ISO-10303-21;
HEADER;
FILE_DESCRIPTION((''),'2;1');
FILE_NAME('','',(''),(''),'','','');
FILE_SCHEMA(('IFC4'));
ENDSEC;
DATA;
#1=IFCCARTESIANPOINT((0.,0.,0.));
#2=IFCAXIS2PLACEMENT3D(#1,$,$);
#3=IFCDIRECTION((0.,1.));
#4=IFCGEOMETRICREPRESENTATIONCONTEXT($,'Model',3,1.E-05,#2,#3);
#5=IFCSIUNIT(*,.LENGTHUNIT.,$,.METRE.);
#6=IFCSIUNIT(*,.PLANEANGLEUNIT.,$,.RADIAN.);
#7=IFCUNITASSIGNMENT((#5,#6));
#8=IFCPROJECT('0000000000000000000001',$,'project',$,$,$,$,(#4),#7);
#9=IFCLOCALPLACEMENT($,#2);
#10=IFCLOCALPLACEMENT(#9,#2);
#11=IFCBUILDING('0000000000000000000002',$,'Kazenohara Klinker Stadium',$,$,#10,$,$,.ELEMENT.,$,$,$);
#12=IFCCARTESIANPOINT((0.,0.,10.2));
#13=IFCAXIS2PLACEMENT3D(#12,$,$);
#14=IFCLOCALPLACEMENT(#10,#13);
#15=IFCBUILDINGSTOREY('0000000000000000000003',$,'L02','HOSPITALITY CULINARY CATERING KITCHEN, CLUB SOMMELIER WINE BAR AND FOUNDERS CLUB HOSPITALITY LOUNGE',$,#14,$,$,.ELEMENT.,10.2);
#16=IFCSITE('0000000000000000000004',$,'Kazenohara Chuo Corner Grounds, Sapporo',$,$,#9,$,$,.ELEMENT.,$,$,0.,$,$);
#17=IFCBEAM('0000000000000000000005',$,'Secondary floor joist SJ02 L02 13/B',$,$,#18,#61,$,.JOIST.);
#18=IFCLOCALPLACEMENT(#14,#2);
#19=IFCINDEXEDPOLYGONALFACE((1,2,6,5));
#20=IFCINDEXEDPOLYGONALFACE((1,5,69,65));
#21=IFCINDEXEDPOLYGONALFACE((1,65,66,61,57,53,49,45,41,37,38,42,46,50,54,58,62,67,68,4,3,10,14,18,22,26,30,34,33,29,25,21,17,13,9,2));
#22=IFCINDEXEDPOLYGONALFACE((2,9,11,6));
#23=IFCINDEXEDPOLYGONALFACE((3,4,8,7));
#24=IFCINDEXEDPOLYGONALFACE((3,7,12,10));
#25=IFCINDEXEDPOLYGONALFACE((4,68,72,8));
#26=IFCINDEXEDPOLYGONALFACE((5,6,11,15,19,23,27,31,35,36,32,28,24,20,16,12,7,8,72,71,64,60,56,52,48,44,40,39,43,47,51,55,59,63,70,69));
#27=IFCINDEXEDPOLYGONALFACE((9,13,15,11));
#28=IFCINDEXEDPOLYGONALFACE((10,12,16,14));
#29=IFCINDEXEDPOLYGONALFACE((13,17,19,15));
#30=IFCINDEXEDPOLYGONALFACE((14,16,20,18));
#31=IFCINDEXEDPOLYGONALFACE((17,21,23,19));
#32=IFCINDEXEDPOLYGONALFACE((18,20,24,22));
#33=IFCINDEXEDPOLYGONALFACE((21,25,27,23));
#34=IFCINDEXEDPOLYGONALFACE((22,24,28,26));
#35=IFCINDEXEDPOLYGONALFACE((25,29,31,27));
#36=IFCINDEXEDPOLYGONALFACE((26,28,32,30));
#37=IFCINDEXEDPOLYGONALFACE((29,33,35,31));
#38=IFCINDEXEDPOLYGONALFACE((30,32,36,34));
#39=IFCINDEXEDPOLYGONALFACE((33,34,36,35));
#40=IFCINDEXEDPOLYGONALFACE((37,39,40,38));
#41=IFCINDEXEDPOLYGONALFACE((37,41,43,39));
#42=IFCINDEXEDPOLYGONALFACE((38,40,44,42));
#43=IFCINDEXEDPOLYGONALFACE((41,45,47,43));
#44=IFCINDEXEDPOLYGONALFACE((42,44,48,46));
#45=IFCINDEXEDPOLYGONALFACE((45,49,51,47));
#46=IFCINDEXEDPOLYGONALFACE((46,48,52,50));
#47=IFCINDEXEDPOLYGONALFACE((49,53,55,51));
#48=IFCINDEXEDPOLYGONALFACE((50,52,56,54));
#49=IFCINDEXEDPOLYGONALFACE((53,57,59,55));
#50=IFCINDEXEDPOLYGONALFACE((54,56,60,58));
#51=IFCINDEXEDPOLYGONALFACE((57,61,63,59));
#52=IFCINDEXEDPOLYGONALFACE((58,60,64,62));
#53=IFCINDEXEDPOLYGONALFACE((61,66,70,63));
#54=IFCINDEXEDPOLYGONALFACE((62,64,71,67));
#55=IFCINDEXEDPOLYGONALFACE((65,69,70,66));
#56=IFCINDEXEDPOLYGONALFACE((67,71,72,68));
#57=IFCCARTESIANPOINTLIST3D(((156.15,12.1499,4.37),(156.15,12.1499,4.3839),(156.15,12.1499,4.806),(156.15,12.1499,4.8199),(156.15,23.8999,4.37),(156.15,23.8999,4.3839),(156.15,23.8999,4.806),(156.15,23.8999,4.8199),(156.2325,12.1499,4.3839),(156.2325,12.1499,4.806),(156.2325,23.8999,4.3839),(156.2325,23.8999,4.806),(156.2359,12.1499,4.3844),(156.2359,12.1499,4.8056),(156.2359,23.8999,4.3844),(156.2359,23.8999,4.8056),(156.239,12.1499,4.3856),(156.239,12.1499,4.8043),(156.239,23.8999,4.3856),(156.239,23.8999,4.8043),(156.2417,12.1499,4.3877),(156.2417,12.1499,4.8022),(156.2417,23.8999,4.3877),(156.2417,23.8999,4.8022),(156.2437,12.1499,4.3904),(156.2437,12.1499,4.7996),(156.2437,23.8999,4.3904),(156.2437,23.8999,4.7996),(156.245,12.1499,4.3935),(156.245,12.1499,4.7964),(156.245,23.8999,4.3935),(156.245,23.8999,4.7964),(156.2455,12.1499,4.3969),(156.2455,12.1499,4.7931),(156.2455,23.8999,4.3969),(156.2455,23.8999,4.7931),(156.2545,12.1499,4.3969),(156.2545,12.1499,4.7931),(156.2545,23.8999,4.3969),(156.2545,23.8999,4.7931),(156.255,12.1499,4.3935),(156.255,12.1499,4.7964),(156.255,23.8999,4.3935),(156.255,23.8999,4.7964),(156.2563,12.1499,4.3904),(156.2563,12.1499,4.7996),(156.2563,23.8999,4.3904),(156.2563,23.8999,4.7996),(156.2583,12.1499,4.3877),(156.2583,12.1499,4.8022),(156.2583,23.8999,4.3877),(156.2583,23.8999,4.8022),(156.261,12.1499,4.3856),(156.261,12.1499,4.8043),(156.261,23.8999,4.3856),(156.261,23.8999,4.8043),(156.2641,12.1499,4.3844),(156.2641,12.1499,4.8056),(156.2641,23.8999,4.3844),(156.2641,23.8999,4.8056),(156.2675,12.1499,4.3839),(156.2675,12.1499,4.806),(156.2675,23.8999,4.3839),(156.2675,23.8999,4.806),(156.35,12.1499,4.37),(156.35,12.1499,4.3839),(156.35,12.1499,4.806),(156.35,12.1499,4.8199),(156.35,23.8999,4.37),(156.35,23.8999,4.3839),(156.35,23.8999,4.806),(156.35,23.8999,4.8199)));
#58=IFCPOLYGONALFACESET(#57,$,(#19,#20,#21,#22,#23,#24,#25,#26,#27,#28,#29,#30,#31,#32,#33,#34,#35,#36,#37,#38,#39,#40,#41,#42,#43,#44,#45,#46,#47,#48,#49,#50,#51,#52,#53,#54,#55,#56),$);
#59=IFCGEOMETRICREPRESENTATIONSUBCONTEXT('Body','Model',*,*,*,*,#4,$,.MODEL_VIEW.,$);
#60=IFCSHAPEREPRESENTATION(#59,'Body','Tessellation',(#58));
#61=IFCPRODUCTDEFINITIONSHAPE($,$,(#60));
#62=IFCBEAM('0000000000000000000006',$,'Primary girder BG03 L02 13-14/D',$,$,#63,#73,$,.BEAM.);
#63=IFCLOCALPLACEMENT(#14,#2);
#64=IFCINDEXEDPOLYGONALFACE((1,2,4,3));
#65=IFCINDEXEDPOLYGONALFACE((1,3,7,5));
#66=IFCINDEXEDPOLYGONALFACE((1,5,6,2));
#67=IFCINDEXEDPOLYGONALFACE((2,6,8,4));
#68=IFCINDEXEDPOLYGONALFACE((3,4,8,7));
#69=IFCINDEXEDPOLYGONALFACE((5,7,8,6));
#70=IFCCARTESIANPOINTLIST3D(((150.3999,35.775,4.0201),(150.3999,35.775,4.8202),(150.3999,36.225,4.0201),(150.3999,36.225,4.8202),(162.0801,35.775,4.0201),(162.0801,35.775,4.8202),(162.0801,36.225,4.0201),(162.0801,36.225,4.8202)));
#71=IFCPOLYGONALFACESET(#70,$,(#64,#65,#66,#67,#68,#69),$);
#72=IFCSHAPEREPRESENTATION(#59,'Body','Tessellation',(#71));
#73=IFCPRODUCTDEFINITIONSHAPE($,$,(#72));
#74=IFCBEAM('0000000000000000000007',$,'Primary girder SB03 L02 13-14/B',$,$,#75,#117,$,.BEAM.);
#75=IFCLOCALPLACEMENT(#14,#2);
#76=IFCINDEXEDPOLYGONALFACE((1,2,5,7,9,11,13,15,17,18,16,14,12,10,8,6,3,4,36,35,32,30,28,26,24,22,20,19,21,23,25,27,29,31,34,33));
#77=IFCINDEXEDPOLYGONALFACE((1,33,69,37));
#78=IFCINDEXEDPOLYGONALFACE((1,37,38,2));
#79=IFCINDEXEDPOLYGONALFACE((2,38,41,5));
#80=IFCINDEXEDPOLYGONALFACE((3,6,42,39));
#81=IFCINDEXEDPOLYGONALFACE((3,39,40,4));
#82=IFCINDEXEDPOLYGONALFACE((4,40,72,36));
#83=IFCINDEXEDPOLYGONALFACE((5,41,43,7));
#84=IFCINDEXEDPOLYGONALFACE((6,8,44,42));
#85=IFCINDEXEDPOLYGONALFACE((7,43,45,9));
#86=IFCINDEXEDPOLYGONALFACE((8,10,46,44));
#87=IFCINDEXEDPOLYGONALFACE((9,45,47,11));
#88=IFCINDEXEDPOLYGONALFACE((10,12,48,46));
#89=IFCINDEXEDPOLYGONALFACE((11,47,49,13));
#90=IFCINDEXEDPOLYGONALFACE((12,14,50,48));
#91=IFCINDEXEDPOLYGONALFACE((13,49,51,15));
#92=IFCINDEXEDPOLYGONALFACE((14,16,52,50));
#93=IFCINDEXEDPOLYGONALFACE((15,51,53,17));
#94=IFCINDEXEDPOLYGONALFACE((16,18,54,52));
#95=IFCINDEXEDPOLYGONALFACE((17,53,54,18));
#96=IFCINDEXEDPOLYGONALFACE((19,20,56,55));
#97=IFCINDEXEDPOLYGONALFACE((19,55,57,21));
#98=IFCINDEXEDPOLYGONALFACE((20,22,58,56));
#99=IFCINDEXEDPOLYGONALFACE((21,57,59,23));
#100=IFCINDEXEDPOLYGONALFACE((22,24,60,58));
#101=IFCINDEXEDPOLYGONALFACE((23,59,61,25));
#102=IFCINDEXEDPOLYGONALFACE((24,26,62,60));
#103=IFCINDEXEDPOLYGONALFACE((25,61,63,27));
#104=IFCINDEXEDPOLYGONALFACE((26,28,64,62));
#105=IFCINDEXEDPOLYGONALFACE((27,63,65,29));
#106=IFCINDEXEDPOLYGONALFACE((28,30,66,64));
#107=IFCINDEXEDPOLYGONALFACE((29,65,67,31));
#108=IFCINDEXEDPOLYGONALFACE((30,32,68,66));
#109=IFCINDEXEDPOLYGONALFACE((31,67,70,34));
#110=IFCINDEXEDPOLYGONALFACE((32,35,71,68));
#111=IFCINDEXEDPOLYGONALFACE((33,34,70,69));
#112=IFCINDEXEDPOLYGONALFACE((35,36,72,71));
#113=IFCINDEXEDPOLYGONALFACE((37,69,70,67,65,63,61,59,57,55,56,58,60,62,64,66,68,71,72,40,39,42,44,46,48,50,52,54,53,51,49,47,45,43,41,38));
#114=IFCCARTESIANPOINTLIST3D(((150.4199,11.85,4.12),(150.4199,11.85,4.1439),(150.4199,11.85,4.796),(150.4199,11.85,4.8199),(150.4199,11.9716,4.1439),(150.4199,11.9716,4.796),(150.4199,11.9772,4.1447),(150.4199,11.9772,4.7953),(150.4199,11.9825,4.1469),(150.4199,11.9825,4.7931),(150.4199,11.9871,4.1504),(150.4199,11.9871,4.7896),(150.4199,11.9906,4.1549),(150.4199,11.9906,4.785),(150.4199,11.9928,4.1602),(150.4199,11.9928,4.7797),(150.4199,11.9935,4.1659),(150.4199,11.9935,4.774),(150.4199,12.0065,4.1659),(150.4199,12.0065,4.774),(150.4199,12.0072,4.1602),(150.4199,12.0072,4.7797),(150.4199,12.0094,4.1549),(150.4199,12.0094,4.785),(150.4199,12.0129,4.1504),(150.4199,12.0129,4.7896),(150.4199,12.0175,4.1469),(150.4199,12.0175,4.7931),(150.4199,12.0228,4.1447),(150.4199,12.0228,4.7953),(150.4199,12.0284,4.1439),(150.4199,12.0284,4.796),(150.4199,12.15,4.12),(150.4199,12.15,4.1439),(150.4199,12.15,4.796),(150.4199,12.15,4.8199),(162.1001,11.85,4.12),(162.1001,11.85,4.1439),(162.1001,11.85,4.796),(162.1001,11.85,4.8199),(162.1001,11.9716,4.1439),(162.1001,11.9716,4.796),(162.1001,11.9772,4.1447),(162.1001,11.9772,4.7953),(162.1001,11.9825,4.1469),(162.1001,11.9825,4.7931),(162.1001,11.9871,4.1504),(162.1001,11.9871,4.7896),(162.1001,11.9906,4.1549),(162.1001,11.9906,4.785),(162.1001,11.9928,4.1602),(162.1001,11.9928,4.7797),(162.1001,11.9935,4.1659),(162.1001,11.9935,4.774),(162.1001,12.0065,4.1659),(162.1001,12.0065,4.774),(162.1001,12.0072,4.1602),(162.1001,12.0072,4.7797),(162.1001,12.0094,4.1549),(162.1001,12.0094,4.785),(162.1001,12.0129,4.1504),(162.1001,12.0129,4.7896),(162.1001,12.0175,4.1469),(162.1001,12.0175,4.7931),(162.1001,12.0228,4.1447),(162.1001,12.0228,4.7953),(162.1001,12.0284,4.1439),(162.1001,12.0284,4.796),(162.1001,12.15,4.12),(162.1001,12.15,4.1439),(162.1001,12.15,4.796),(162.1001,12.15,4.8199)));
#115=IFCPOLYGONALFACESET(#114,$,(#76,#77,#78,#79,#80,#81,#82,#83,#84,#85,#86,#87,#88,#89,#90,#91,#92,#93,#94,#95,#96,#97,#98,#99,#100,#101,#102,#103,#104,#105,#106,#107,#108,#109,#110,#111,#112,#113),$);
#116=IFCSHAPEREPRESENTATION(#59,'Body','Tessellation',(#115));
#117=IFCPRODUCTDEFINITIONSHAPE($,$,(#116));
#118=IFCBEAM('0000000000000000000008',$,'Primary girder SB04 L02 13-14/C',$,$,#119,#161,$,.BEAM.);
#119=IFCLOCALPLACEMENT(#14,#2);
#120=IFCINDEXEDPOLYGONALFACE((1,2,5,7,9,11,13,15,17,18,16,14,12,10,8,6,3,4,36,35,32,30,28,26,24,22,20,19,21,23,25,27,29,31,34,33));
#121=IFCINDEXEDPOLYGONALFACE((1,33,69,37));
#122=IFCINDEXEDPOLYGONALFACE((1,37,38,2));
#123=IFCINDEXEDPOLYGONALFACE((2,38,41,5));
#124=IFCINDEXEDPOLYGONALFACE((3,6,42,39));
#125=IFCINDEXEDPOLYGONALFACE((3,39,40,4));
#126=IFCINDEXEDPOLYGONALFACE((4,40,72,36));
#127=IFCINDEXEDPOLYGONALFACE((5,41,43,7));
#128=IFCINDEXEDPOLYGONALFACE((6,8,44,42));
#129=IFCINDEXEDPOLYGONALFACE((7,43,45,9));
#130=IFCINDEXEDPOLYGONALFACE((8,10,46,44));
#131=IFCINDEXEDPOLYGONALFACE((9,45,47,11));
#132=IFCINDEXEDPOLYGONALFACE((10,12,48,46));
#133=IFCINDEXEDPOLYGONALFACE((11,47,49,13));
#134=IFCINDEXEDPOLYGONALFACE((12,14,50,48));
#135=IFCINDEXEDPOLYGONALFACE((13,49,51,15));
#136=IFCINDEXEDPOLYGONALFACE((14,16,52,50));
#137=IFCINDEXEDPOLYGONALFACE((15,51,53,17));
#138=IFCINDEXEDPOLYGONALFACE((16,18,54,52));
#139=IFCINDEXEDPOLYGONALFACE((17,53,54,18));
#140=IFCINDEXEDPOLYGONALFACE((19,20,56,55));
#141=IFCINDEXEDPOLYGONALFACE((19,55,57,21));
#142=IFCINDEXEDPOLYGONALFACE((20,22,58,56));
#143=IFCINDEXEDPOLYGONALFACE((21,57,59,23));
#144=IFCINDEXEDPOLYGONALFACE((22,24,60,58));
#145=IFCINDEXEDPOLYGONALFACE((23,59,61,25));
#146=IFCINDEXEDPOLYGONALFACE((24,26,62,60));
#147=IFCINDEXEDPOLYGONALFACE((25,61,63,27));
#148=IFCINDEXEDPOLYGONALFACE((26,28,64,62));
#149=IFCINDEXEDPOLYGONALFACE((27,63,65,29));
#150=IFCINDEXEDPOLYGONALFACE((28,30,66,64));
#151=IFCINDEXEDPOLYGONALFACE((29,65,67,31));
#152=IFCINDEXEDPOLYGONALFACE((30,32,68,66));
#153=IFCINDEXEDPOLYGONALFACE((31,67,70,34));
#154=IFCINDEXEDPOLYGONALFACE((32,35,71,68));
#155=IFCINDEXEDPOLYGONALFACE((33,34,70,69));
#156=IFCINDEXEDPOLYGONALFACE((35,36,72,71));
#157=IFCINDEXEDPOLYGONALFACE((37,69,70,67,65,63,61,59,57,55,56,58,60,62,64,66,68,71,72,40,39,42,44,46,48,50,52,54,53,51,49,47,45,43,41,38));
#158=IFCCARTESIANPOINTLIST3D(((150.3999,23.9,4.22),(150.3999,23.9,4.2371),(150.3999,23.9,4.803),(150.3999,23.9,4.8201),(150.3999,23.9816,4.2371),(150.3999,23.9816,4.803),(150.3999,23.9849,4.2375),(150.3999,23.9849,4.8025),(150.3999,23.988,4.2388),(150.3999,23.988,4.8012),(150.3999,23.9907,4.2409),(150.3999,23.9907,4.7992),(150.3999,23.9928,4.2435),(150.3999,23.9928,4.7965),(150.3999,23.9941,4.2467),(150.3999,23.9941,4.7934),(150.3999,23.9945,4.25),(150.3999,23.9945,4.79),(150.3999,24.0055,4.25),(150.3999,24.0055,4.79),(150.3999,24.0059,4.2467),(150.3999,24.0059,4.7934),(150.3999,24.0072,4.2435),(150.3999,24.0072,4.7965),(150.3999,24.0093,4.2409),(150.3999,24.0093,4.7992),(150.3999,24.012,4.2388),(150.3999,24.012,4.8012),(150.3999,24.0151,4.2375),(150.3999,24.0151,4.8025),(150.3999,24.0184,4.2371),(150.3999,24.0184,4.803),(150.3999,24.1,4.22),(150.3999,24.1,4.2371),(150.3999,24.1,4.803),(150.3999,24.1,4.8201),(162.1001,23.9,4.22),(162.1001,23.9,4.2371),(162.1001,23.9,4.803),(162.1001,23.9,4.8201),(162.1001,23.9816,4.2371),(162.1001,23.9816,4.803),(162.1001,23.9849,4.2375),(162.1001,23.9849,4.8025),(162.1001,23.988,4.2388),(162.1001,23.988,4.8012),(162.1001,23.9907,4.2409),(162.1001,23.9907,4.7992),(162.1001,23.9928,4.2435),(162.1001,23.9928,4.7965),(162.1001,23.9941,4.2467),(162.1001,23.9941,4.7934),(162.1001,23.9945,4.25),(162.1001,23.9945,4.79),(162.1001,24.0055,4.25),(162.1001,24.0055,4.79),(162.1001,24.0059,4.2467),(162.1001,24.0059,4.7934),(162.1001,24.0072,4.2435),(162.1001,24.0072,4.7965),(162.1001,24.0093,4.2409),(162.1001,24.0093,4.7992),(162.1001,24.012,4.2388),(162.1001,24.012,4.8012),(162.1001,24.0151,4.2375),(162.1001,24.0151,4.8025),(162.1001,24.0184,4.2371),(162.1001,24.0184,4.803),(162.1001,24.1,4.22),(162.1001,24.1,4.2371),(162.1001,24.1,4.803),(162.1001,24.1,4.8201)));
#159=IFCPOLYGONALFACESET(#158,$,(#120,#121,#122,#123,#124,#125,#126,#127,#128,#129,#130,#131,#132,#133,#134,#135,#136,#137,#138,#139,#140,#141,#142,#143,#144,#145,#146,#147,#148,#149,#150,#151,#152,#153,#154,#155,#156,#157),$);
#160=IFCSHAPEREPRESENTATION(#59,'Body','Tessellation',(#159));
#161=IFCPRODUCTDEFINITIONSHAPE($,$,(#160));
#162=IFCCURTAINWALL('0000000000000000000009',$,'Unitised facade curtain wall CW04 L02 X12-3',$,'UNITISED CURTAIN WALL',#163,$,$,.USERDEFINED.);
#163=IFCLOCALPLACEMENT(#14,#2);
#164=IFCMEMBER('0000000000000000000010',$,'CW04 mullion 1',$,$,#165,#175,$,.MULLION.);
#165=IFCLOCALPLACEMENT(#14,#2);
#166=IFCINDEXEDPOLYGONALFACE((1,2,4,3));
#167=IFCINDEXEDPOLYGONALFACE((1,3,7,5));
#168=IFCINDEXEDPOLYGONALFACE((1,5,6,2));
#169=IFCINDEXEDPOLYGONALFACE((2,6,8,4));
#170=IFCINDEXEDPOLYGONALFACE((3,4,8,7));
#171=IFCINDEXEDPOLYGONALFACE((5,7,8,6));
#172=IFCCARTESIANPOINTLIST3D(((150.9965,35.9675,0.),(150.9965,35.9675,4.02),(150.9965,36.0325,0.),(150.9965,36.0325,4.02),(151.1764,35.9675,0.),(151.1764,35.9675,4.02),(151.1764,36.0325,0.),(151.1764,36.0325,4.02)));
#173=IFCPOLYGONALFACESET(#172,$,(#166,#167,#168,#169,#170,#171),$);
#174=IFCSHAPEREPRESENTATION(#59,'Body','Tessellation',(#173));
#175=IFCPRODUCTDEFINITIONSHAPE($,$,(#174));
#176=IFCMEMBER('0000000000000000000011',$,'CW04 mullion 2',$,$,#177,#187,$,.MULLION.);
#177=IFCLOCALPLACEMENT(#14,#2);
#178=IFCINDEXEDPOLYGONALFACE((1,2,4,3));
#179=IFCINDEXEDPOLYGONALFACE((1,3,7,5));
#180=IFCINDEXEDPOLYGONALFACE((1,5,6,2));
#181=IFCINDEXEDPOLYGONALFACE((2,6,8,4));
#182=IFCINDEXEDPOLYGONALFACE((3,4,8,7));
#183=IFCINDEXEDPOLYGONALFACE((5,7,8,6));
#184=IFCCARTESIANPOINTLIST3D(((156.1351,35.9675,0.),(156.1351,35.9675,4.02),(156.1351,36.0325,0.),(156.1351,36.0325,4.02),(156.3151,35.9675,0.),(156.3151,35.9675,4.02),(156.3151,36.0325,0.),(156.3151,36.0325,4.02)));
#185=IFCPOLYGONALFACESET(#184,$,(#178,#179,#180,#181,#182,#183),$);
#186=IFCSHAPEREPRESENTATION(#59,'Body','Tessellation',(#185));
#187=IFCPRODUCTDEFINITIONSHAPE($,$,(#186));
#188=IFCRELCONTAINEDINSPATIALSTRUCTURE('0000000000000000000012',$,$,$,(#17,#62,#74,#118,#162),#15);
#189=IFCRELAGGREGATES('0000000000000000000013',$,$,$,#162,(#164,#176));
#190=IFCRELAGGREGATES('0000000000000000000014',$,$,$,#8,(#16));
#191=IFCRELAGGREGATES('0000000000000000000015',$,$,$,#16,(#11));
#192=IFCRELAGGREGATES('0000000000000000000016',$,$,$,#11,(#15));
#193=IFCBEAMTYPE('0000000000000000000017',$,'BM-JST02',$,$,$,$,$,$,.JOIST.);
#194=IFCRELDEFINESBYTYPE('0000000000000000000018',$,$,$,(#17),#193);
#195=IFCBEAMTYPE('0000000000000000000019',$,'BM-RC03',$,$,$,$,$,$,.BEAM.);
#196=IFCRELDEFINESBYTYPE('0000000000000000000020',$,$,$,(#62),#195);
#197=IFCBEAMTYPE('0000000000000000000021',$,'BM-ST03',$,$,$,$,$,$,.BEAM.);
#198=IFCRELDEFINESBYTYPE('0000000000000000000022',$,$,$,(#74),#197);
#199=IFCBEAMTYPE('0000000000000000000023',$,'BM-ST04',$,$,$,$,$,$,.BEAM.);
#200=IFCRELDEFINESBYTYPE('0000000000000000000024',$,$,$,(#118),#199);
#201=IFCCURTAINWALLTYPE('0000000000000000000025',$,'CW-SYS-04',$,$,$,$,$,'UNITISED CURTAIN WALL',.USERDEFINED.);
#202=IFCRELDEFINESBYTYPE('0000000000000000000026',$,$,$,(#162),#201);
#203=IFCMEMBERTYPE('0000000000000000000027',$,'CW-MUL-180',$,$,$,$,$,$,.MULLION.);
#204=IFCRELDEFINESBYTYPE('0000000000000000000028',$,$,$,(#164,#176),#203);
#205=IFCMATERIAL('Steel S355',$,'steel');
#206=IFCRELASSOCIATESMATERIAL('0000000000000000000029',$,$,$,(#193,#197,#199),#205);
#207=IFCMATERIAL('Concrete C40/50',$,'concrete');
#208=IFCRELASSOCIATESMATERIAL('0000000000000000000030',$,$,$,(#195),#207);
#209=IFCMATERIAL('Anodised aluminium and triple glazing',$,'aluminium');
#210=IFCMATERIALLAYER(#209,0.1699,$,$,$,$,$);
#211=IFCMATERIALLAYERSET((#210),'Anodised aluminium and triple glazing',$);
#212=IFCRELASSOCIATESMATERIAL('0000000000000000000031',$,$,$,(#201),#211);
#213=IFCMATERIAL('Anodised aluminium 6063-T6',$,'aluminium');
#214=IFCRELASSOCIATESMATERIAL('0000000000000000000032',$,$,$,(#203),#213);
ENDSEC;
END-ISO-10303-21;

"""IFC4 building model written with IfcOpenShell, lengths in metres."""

from ifc_helpers import new_model, si_unit, direction, frame, origin, origin_2d, place, context, subcontext, project, spatial, rectangle, i_section, extrude, material, layer, layer_set, material_profile, profile_set, type_object, element, aggregate, save


model = new_model("IFC4")

# Units and contexts
model_context = context("Model", 3, precision=1e-05, world=origin(), true_north=direction((0.0, 1.0)))
body_context = subcontext(model_context, "Body", "Model", "MODEL_VIEW")
ifc_project = project(units=[si_unit("LENGTHUNIT", "METRE"), si_unit("PLANEANGLEUNIT", "RADIAN")], contexts=[model_context])

# Site, building, storey
site_placement = place(None, origin())
site = spatial("IfcSite", under=ifc_project, at=site_placement, Name="Kazenohara Chuo Corner Grounds, Sapporo", CompositionType="ELEMENT", RefElevation=0.0)
building_placement = place(site_placement, origin())
building = spatial("IfcBuilding", under=site, at=building_placement, Name="Kazenohara Klinker Stadium", CompositionType="ELEMENT")
storey_placement = place(building_placement, frame((0.0, 0.0, 10.2)))
storey = spatial("IfcBuildingStorey", under=building, at=storey_placement, Name="L02", Description="HOSPITALITY CULINARY CATERING KITCHEN, CLUB SOMMELIER WINE BAR AND FOUNDERS CLUB HOSPITALITY LOUNGE", CompositionType="ELEMENT", Elevation=10.2)

# Beams
ifc_material_1 = material(Name="Steel S355", Category="steel")
ifc_material_profile_1 = material_profile(ifc_material_1, i_section(OverallWidth=0.2, OverallDepth=0.45, WebThickness=0.009, FlangeThickness=0.0139, FilletRadius=0.0129, at=origin_2d()), Name="H-450x200x9x14")
ifc_profile_set_1 = profile_set([ifc_material_profile_1], Name="Steel S355")
beam_type_1 = type_object("IfcBeamType", Name="BM-JST02", PredefinedType="JOIST", material=ifc_profile_set_1)
beam_1_placement = place(storey_placement, frame((156.25, 12.1499, 4.595), z_axis=(0.0, 1.0, 0.0), x_axis=(-1.0, 0.0, 0.0)))
element("IfcBeam", 1, at=beam_1_placement, inside=storey, type_object=beam_type_1, Name="Secondary floor joist SJ02 L02 13/B", PredefinedType="JOIST", context=body_context, shape_type="SweptSolid", body=[
    extrude(i_section(OverallWidth=0.2, OverallDepth=0.45, WebThickness=0.009, FlangeThickness=0.0139, FilletRadius=0.0129, at=origin_2d()), origin(), (0.0, 0.0, 1.0), 11.75),
])
ifc_material_2 = material(Name="Concrete C40/50", Category="concrete")
ifc_material_profile_2 = material_profile(ifc_material_2, rectangle(XDim=0.45, YDim=0.8, at=origin_2d()), Name="RC-BM-450x800")
ifc_profile_set_2 = profile_set([ifc_material_profile_2], Name="Concrete C40/50")
beam_type_2 = type_object("IfcBeamType", Name="BM-RC03", PredefinedType="BEAM", material=ifc_profile_set_2)
beam_2_placement = place(storey_placement, frame((150.3999, 36.0, 4.4202), z_axis=(1.0, 0.0, 0.0), x_axis=(0.0, 1.0, 0.0)))
element("IfcBeam", 2, at=beam_2_placement, inside=storey, type_object=beam_type_2, Name="Primary girder BG03 L02 13-14/D", PredefinedType="BEAM", context=body_context, shape_type="SweptSolid", body=[
    extrude(rectangle(XDim=0.45, YDim=0.8, at=origin_2d()), origin(), (0.0, 0.0, 1.0), 11.6802),
])
ifc_material_profile_3 = material_profile(ifc_material_1, i_section(OverallWidth=0.3, OverallDepth=0.7, WebThickness=0.0129, FlangeThickness=0.0239, FilletRadius=0.022, at=origin_2d()), Name="H-700x300x13x24")
ifc_profile_set_3 = profile_set([ifc_material_profile_3], Name="Steel S355")
beam_type_3 = type_object("IfcBeamType", Name="BM-ST03", PredefinedType="BEAM", material=ifc_profile_set_3)
beam_3_placement = place(storey_placement, frame((150.4199, 12.0, 4.47), z_axis=(1.0, 0.0, 0.0), x_axis=(0.0, 1.0, 0.0)))
element("IfcBeam", 3, at=beam_3_placement, inside=storey, type_object=beam_type_3, Name="Primary girder SB03 L02 13-14/B", PredefinedType="BEAM", context=body_context, shape_type="SweptSolid", body=[
    extrude(i_section(OverallWidth=0.3, OverallDepth=0.7, WebThickness=0.0129, FlangeThickness=0.0239, FilletRadius=0.022, at=origin_2d()), origin(), (0.0, 0.0, 1.0), 11.6802),
])
ifc_material_profile_4 = material_profile(ifc_material_1, i_section(OverallWidth=0.2, OverallDepth=0.6001, WebThickness=0.011, FlangeThickness=0.0171, FilletRadius=0.0129, at=origin_2d()), Name="H-600x200x11x17")
ifc_profile_set_4 = profile_set([ifc_material_profile_4], Name="Steel S355")
beam_type_4 = type_object("IfcBeamType", Name="BM-ST04", PredefinedType="BEAM", material=ifc_profile_set_4)
beam_4_placement = place(storey_placement, frame((150.3999, 24.0, 4.52), z_axis=(1.0, 0.0, 0.0), x_axis=(0.0, 1.0, 0.0)))
element("IfcBeam", 4, at=beam_4_placement, inside=storey, type_object=beam_type_4, Name="Primary girder SB04 L02 13-14/C", PredefinedType="BEAM", context=body_context, shape_type="SweptSolid", body=[
    extrude(i_section(OverallWidth=0.2, OverallDepth=0.6001, WebThickness=0.011, FlangeThickness=0.0171, FilletRadius=0.0129, at=origin_2d()), origin(), (0.0, 0.0, 1.0), 11.7002),
])

# Curtain wall, members
ifc_material_3 = material(Name="Anodised aluminium and triple glazing", Category="aluminium")
ifc_layer_1 = layer(ifc_material_3, 0.1699)
ifc_layer_set_1 = layer_set([ifc_layer_1], Name="Anodised aluminium and triple glazing")
curtain_wall_type = type_object("IfcCurtainWallType", Name="CW-SYS-04", ElementType="UNITISED CURTAIN WALL", PredefinedType="USERDEFINED", material=ifc_layer_set_1)
curtain_wall_placement = place(storey_placement, origin())
curtain_wall = element("IfcCurtainWall", 5, at=curtain_wall_placement, inside=storey, type_object=curtain_wall_type, Name="Unitised facade curtain wall CW04 L02 X12-3", ObjectType="UNITISED CURTAIN WALL", PredefinedType="USERDEFINED")
ifc_material_4 = material(Name="Anodised aluminium 6063-T6", Category="aluminium")
ifc_material_profile_5 = material_profile(ifc_material_4, rectangle(XDim=0.0649, YDim=0.1799, at=origin_2d()), Name="ALU-MUL-65x180")
ifc_profile_set_5 = profile_set([ifc_material_profile_5], Name="Anodised aluminium 6063-T6")
member_type_1 = type_object("IfcMemberType", Name="CW-MUL-180", PredefinedType="MULLION", material=ifc_profile_set_5)
member_1_placement = place(storey_placement, frame((151.0864, 36.0, 0.0), z_axis=(0.0, 0.0, 1.0), x_axis=(0.0, 1.0, 0.0)))
member_1 = element("IfcMember", 6, at=member_1_placement, type_object=member_type_1, Name="CW04 mullion 1", PredefinedType="MULLION", context=body_context, shape_type="SweptSolid", body=[
    extrude(rectangle(XDim=0.0649, YDim=0.1799, at=origin_2d()), origin(), (0.0, 0.0, 1.0), 4.02),
])
member_2_placement = place(storey_placement, frame((156.2251, 36.0, 0.0), z_axis=(0.0, 0.0, 1.0), x_axis=(0.0, 1.0, 0.0)))
member_2 = element("IfcMember", 7, at=member_2_placement, type_object=member_type_1, Name="CW04 mullion 2", PredefinedType="MULLION", context=body_context, shape_type="SweptSolid", body=[
    extrude(rectangle(XDim=0.0649, YDim=0.1799, at=origin_2d()), origin(), (0.0, 0.0, 1.0), 4.02),
])
aggregate(curtain_wall, [member_1, member_2])

save(model, "model.ifc")
